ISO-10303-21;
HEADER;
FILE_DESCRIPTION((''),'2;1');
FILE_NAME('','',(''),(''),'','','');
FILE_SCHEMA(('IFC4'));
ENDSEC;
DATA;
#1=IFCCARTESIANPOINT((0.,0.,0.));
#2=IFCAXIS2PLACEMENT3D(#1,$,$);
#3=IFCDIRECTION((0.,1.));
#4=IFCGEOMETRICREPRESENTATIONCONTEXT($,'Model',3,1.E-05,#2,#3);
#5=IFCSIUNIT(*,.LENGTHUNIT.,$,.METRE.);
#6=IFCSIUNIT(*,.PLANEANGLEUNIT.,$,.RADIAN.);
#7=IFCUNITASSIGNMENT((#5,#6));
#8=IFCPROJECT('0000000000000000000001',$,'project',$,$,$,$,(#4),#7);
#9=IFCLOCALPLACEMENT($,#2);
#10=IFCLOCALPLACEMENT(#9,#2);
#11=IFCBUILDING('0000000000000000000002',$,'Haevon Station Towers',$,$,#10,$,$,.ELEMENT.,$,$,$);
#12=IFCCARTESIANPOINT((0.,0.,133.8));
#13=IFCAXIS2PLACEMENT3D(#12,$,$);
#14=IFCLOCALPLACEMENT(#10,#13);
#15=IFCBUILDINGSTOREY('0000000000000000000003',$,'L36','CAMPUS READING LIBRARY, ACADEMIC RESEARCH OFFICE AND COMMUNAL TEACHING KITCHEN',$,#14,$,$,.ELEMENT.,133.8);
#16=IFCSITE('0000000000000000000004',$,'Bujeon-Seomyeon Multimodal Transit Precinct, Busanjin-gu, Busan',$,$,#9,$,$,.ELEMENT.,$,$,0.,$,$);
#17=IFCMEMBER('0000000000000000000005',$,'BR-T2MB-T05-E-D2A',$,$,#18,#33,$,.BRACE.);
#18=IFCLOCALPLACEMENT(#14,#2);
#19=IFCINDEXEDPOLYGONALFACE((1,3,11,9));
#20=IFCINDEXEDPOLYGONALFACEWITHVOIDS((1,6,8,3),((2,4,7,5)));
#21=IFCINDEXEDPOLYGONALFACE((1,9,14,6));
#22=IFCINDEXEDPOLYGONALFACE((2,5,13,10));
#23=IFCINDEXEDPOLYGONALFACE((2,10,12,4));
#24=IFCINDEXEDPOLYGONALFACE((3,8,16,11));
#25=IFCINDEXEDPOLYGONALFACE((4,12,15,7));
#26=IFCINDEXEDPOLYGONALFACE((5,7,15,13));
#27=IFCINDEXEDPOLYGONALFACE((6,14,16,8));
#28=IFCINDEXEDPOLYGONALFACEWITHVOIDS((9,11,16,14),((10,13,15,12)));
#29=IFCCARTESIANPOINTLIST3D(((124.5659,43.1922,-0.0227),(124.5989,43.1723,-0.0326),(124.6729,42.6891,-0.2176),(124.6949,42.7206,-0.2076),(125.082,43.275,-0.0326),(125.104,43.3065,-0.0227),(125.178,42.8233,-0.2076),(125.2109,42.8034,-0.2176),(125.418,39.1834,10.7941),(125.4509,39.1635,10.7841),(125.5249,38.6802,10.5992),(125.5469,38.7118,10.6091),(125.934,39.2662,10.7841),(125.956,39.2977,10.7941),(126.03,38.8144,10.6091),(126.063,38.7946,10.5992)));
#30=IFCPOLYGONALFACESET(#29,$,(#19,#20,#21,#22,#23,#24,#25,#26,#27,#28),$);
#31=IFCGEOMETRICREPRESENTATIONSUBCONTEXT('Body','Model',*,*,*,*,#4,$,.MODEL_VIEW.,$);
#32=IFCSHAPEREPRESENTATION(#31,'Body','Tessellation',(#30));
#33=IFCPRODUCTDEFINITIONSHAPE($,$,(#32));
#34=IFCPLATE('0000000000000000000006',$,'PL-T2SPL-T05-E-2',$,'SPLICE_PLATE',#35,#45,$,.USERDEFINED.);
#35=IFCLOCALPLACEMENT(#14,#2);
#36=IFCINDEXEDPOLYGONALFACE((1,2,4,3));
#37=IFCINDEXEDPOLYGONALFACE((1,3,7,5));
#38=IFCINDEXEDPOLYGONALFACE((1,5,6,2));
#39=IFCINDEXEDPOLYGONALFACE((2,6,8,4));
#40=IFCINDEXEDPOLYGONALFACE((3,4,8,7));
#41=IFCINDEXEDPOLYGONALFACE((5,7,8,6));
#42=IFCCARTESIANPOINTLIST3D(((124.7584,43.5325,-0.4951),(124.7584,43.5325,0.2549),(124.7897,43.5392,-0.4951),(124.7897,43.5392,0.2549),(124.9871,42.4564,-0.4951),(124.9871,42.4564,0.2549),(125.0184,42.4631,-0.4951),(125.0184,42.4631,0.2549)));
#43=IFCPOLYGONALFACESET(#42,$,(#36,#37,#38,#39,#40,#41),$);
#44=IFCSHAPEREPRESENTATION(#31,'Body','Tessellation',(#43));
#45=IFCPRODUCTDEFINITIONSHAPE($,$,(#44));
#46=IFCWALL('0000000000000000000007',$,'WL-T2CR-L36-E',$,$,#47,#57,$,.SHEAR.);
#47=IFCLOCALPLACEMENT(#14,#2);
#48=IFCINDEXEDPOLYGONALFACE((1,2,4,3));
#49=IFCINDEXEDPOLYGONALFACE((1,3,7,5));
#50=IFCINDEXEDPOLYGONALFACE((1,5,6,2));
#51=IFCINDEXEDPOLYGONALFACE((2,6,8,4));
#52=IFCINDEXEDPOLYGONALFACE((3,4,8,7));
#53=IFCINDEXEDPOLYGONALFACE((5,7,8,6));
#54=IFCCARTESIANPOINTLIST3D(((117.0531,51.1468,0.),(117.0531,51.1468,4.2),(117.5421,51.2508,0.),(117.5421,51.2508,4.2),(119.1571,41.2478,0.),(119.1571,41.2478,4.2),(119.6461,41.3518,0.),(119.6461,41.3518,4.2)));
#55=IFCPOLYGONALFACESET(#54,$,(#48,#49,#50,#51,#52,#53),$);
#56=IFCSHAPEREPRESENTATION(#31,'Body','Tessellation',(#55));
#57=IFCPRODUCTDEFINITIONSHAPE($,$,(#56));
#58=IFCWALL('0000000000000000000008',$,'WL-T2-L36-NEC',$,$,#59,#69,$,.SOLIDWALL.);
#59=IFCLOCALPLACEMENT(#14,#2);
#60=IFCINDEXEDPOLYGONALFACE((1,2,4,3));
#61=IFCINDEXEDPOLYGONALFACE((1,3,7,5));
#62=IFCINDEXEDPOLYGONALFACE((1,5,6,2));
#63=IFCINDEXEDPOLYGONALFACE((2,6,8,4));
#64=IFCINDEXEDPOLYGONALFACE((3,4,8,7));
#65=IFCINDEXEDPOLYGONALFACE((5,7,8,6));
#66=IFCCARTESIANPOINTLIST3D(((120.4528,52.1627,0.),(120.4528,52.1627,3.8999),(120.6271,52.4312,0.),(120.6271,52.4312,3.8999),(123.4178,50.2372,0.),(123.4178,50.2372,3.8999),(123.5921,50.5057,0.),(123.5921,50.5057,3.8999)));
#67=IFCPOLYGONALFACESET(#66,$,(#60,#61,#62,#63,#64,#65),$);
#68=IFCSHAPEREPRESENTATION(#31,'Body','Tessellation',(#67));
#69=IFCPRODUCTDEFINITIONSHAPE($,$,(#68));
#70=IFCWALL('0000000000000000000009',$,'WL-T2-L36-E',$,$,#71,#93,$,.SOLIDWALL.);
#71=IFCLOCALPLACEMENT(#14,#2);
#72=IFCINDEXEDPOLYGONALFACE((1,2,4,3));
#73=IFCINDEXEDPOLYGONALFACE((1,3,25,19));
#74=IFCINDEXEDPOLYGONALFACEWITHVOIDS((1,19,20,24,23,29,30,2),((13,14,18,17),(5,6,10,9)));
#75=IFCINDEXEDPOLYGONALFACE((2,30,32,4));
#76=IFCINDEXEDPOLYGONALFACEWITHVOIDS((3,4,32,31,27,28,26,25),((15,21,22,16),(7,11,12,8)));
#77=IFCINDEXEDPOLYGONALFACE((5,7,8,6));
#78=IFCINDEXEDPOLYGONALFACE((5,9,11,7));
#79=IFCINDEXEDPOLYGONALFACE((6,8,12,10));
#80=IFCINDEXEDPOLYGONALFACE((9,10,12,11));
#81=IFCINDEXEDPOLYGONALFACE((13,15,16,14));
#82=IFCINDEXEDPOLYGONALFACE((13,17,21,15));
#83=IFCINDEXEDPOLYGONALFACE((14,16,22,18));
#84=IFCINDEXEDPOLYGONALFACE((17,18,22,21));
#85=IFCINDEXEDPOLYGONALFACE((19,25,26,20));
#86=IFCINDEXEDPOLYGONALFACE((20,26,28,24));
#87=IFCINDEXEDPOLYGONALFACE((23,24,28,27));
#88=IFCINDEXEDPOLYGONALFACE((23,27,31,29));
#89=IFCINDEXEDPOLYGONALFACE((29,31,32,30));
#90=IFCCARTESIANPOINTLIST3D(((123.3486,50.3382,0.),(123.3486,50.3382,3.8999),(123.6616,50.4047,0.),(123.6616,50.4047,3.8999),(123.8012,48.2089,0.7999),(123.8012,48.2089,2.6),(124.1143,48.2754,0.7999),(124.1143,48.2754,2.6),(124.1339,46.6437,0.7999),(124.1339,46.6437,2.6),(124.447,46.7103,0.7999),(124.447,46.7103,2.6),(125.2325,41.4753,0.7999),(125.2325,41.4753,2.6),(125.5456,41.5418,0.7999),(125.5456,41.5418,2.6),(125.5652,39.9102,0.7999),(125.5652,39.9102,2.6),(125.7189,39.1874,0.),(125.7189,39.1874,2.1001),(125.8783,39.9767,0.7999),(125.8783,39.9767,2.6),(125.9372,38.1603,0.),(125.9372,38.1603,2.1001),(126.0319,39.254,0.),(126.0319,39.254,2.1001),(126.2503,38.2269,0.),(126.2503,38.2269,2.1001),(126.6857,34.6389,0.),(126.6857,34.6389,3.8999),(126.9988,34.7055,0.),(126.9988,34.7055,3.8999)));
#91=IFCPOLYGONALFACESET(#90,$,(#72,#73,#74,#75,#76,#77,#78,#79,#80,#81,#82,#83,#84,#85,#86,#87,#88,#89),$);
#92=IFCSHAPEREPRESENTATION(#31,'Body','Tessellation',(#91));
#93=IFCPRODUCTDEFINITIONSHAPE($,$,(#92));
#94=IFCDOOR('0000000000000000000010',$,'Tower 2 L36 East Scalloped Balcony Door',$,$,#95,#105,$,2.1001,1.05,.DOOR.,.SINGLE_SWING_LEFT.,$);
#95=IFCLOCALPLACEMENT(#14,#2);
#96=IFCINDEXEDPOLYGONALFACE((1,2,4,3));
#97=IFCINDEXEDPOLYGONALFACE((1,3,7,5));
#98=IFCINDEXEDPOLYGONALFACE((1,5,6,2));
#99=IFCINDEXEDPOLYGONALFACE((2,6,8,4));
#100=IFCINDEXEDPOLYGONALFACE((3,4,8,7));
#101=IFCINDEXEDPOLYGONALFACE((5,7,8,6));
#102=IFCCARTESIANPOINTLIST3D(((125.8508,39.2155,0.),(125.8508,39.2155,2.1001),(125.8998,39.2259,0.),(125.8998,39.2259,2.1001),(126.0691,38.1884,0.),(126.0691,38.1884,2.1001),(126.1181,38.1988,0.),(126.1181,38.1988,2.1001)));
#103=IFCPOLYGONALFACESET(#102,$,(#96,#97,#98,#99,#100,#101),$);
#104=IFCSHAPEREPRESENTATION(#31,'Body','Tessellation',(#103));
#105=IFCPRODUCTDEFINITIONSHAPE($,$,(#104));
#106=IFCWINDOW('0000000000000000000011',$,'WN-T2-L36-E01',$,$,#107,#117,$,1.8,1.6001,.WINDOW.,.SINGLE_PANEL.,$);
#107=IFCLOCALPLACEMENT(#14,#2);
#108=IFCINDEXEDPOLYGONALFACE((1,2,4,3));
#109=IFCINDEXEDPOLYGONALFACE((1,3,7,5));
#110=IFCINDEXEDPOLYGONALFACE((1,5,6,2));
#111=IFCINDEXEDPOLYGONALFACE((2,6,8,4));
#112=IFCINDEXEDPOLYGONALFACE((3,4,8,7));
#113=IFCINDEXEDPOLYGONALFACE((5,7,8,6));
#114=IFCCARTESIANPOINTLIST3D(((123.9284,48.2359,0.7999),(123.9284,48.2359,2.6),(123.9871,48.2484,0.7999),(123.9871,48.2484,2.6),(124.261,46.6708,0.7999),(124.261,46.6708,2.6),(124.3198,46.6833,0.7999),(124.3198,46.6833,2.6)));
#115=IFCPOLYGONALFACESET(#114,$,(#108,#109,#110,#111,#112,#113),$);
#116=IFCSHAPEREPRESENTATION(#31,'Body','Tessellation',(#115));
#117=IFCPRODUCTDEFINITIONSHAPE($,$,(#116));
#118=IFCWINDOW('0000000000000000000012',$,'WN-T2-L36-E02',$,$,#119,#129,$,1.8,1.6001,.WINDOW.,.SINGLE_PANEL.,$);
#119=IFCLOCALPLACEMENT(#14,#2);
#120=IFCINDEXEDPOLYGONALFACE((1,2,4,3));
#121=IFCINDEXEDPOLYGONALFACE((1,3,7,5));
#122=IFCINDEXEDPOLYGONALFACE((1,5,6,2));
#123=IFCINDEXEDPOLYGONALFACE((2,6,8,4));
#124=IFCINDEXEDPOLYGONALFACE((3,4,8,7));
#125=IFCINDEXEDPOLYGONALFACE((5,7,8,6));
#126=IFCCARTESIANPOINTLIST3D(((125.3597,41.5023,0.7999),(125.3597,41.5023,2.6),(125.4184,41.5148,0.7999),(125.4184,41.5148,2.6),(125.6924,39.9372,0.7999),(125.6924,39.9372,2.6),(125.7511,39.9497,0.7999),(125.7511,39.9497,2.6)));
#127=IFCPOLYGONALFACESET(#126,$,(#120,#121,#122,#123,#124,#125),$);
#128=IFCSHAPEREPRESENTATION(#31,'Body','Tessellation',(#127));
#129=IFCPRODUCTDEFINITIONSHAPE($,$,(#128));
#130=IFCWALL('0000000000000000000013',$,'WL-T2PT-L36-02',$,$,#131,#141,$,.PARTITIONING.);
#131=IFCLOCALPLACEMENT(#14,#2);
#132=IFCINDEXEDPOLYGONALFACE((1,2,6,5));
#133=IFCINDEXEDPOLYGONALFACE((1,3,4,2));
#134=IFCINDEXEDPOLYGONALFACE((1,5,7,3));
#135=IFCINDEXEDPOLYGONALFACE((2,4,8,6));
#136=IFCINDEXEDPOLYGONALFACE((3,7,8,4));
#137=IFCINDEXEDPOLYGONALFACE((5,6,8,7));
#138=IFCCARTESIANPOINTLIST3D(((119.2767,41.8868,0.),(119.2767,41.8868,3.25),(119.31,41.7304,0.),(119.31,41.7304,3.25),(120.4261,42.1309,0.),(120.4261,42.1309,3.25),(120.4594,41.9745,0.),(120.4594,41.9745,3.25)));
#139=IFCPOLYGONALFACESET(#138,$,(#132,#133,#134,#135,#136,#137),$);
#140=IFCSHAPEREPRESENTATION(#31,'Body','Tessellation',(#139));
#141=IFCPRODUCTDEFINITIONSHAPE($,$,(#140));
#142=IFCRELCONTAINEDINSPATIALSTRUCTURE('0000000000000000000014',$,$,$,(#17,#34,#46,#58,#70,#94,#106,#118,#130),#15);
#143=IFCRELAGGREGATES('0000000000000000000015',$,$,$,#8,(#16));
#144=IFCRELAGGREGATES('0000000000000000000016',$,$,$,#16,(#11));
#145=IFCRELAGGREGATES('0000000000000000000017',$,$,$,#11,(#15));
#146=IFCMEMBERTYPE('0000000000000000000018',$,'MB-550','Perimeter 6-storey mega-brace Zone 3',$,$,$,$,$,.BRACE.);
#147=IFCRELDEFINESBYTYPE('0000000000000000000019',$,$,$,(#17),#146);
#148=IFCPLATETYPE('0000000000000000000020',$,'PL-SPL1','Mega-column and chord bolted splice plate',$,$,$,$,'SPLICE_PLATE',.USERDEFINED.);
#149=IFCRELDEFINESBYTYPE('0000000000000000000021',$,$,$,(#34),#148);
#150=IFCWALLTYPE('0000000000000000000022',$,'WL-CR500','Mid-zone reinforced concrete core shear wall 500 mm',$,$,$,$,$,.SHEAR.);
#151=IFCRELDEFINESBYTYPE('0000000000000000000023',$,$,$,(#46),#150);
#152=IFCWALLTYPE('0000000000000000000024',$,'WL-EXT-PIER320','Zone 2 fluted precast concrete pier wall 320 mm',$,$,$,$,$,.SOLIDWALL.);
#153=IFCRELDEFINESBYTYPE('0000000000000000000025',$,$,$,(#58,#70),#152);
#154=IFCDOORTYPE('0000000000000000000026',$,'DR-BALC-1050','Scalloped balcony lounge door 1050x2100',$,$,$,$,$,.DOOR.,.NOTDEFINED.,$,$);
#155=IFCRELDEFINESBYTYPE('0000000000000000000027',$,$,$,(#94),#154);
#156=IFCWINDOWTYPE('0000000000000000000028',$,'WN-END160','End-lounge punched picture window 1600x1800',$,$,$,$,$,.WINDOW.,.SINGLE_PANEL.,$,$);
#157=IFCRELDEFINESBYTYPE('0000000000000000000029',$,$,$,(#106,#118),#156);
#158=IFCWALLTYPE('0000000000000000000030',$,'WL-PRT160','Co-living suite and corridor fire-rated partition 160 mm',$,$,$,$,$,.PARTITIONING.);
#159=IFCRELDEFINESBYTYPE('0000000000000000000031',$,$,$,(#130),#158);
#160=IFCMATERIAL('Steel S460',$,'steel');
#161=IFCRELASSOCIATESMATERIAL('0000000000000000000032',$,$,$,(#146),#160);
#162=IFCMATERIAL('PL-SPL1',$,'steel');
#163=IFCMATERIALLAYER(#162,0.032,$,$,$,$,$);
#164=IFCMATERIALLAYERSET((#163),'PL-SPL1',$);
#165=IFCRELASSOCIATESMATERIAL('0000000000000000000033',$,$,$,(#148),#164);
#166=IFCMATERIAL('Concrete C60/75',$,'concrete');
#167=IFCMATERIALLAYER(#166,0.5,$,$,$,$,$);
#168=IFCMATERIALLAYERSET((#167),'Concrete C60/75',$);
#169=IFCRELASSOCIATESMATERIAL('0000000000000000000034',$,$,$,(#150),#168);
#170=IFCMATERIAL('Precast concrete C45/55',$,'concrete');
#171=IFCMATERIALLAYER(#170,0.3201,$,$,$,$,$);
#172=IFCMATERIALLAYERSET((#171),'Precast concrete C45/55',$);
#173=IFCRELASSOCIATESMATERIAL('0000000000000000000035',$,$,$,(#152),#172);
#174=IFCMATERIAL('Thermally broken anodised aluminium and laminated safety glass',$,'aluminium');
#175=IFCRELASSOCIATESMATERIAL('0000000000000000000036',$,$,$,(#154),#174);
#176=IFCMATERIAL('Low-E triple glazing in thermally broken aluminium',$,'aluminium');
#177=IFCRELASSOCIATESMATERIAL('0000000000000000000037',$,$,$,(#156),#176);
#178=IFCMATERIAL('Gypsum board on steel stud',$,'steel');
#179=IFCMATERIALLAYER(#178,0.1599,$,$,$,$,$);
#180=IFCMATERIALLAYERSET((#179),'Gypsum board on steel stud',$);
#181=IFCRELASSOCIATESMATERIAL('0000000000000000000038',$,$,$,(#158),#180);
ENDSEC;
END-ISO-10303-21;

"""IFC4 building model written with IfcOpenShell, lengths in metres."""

from ifc_helpers import new_model, si_unit, direction, frame, frame_2d, origin, origin_2d, place, context, subcontext, project, spatial, rectangle, hollow_rectangle, extrude, material, layer, layer_set, material_profile, profile_set, type_object, element, fill, save


model = new_model("IFC4")

# Units and contexts
model_context = context("Model", 3, precision=1e-05, world=origin(), true_north=direction((0.0, 1.0)))
body_context = subcontext(model_context, "Body", "Model", "MODEL_VIEW")
ifc_project = project(units=[si_unit("LENGTHUNIT", "METRE"), si_unit("PLANEANGLEUNIT", "RADIAN")], contexts=[model_context])

# Site, building, storey
site_placement = place(None, origin())
site = spatial("IfcSite", under=ifc_project, at=site_placement, Name="Bujeon-Seomyeon Multimodal Transit Precinct, Busanjin-gu, Busan", CompositionType="ELEMENT", RefElevation=0.0)
building_placement = place(site_placement, origin())
building = spatial("IfcBuilding", under=site, at=building_placement, Name="Haevon Station Towers", CompositionType="ELEMENT")
storey_placement = place(building_placement, frame((0.0, 0.0, 133.8)))
storey = spatial("IfcBuildingStorey", under=building, at=storey_placement, Name="L36", Description="CAMPUS READING LIBRARY, ACADEMIC RESEARCH OFFICE AND COMMUNAL TEACHING KITCHEN", CompositionType="ELEMENT", Elevation=133.8)

# Shared definitions
ifc_material_1 = material(Name="Steel S460", Category="steel")

# Member
ifc_material_profile_1 = material_profile(ifc_material_1, hollow_rectangle(XDim=0.55, YDim=0.55, WallThickness=0.0281, at=origin_2d()), Name="RHS-550x550x28")
ifc_profile_set_1 = profile_set([ifc_material_profile_1], Name="Steel S460")
member_type = type_object("IfcMemberType", Name="MB-550", Description="Perimeter 6-storey mega-brace Zone 3", PredefinedType="BRACE", material=ifc_profile_set_1)
member_placement = place(storey_placement, frame((124.8884, 42.9978, -0.1201), z_axis=(0.073662, -0.34657, 0.935127), x_axis=(0.97815, 0.207902, 0.0)))
element("IfcMember", 1, at=member_placement, inside=storey, type_object=member_type, Name="BR-T2MB-T05-E-D2A", PredefinedType="BRACE", context=body_context, shape_type="SweptSolid", body=[
    extrude(hollow_rectangle(XDim=0.55, YDim=0.55, WallThickness=0.0281, at=origin_2d()), origin(), (0.0, 0.0, 1.0), 11.5671),
])

# Plate
ifc_material_2 = material(Name="PL-SPL1", Category="steel")
ifc_layer_1 = layer(ifc_material_2, 0.032)
ifc_layer_set_1 = layer_set([ifc_layer_1], Name="PL-SPL1")
plate_type = type_object("IfcPlateType", Name="PL-SPL1", Description="Mega-column and chord bolted splice plate", ElementType="SPLICE_PLATE", PredefinedType="USERDEFINED", material=ifc_layer_set_1)
plate_placement = place(storey_placement, frame((124.8884, 42.9978, -0.4951), z_axis=(0.0, 0.0, 1.0), x_axis=(-0.207912, 0.978148, 0.0)))
element("IfcPlate", 2, at=plate_placement, inside=storey, type_object=plate_type, Name="PL-T2SPL-T05-E-2", ObjectType="SPLICE_PLATE", PredefinedType="USERDEFINED", context=body_context, shape_type="SweptSolid", body=[
    extrude(rectangle(XDim=1.1001, YDim=0.032, at=origin_2d()), origin(), (0.0, 0.0, 1.0), 0.75),
])

# Walls
ifc_material_3 = material(Name="Concrete C60/75", Category="concrete")
ifc_layer_2 = layer(ifc_material_3, 0.5)
ifc_layer_set_2 = layer_set([ifc_layer_2], Name="Concrete C60/75")
wall_type_1 = type_object("IfcWallType", Name="WL-CR500", Description="Mid-zone reinforced concrete core shear wall 500 mm", PredefinedType="SHEAR", material=ifc_layer_set_2)
wall_1_placement = place(storey_placement, frame((119.4016, 41.2998, 0.0), z_axis=(0.0, 0.0, 1.0), x_axis=(-0.207904, 0.978149, 0.0)))
element("IfcWall", 3, at=wall_1_placement, inside=storey, type_object=wall_type_1, Name="WL-T2CR-L36-E", PredefinedType="SHEAR", context=body_context, shape_type="SweptSolid", body=[
    extrude(rectangle(XDim=10.1201, YDim=0.5, at=frame_2d((5.0601, 0.0))), origin(), (0.0, 0.0, 1.0), 4.2),
])
ifc_material_4 = material(Name="Precast concrete C45/55", Category="concrete")
ifc_layer_3 = layer(ifc_material_4, 0.3201)
ifc_layer_set_3 = layer_set([ifc_layer_3], Name="Precast concrete C45/55")
wall_type_2 = type_object("IfcWallType", Name="WL-EXT-PIER320", Description="Zone 2 fluted precast concrete pier wall 320 mm", PredefinedType="SOLIDWALL", material=ifc_layer_set_3)
wall_2_placement = place(storey_placement, frame((120.54, 52.2969, 0.0), z_axis=(0.0, 0.0, 1.0), x_axis=(0.838672, -0.544636, 0.0)))
element("IfcWall", 4, at=wall_2_placement, inside=storey, type_object=wall_type_2, Name="WL-T2-L36-NEC", PredefinedType="SOLIDWALL", context=body_context, shape_type="SweptSolid", body=[
    extrude(rectangle(XDim=3.5354, YDim=0.3201, at=frame_2d((1.7676, 0.0))), origin(), (0.0, 0.0, 1.0), 3.8999),
])

# Wall, openings, door, windows
wall_3_placement = place(storey_placement, frame((123.5051, 50.3713, 0.0), z_axis=(0.0, 0.0, 1.0), x_axis=(0.207923, -0.978145, 0.0)))
wall_3 = element("IfcWall", 5, at=wall_3_placement, inside=storey, type_object=wall_type_2, Name="WL-T2-L36-E", PredefinedType="SOLIDWALL", context=body_context, shape_type="SweptSolid", body=[
    extrude(rectangle(XDim=16.05, YDim=0.3201, at=frame_2d((8.0249, 0.0))), origin(), (0.0, 0.0, 1.0), 3.8999),
])
opening_1_placement = place(wall_3_placement, frame((11.3999, 0.0, 0.0)))
opening_1 = element("IfcOpeningElement", 6, at=opening_1_placement, cuts=wall_3, PredefinedType="OPENING", context=body_context, shape_type="SweptSolid", body=[
    extrude(rectangle(XDim=1.05, YDim=2.1001, at=frame_2d((0.5249, 1.05))), frame((0.0, 0.1699, 0.0), z_axis=(0.0, -1.0, 0.0), x_axis=(1.0, 0.0, 0.0)), (0.0, 0.0, 1.0), 0.3401),
])
opening_2_placement = place(wall_3_placement, frame((2.1768, 0.0, 0.8)))
opening_2 = element("IfcOpeningElement", 7, at=opening_2_placement, cuts=wall_3, PredefinedType="OPENING", context=body_context, shape_type="SweptSolid", body=[
    extrude(rectangle(XDim=1.6001, YDim=1.8, at=frame_2d((0.8, 0.8999))), frame((0.0, 0.1699, 0.0), z_axis=(0.0, -1.0, 0.0), x_axis=(1.0, 0.0, 0.0)), (0.0, 0.0, 1.0), 0.3401),
])
opening_3_placement = place(wall_3_placement, frame((9.0608, 0.0, 0.8)))
opening_3 = element("IfcOpeningElement", 8, at=opening_3_placement, cuts=wall_3, PredefinedType="OPENING", context=body_context, shape_type="SweptSolid", body=[
    extrude(rectangle(XDim=1.6001, YDim=1.8, at=frame_2d((0.8, 0.8999))), frame((0.0, 0.1699, 0.0), z_axis=(0.0, -1.0, 0.0), x_axis=(1.0, 0.0, 0.0)), (0.0, 0.0, 1.0), 0.3401),
])
ifc_material_5 = material(Name="Thermally broken anodised aluminium and laminated safety glass", Category="aluminium")
door_type = type_object("IfcDoorType", Name="DR-BALC-1050", Description="Scalloped balcony lounge door 1050x2100", OperationType="NOTDEFINED", PredefinedType="DOOR", material=ifc_material_5)
door_placement = place(opening_1_placement, origin())
door = element("IfcDoor", 9, at=door_placement, inside=storey, type_object=door_type, Name="Tower 2 L36 East Scalloped Balcony Door", OperationType="SINGLE_SWING_LEFT", OverallHeight=2.1001, OverallWidth=1.05, PredefinedType="DOOR", context=body_context, shape_type="SweptSolid", body=[
    extrude(rectangle(XDim=1.05, YDim=2.1001, at=frame_2d((0.5249, 1.05))), frame((0.0, 0.0249, 0.0), z_axis=(0.0, -1.0, 0.0), x_axis=(1.0, 0.0, 0.0)), (0.0, 0.0, 1.0), 0.05),
])
fill(opening_1, door)
ifc_material_6 = material(Name="Low-E triple glazing in thermally broken aluminium", Category="aluminium")
window_type = type_object("IfcWindowType", Name="WN-END160", Description="End-lounge punched picture window 1600x1800", PartitioningType="SINGLE_PANEL", PredefinedType="WINDOW", material=ifc_material_6)
window_1_placement = place(opening_2_placement, origin())
window_1 = element("IfcWindow", 10, at=window_1_placement, inside=storey, type_object=window_type, Name="WN-T2-L36-E01", OverallHeight=1.8, OverallWidth=1.6001, PartitioningType="SINGLE_PANEL", PredefinedType="WINDOW", context=body_context, shape_type="SweptSolid", body=[
    extrude(rectangle(XDim=1.6001, YDim=1.8, at=frame_2d((0.8, 0.8999))), frame((0.0, 0.03, 0.0), z_axis=(0.0, -1.0, 0.0), x_axis=(1.0, 0.0, 0.0)), (0.0, 0.0, 1.0), 0.0601),
])
fill(opening_2, window_1)
window_2_placement = place(opening_3_placement, origin())
window_2 = element("IfcWindow", 11, at=window_2_placement, inside=storey, type_object=window_type, Name="WN-T2-L36-E02", OverallHeight=1.8, OverallWidth=1.6001, PartitioningType="SINGLE_PANEL", PredefinedType="WINDOW", context=body_context, shape_type="SweptSolid", body=[
    extrude(rectangle(XDim=1.6001, YDim=1.8, at=frame_2d((0.8, 0.8999))), frame((0.0, 0.03, 0.0), z_axis=(0.0, -1.0, 0.0), x_axis=(1.0, 0.0, 0.0)), (0.0, 0.0, 1.0), 0.0601),
])
fill(opening_3, window_2)

# Wall
ifc_material_7 = material(Name="Gypsum board on steel stud", Category="steel")
ifc_layer_4 = layer(ifc_material_7, 0.1599)
ifc_layer_set_4 = layer_set([ifc_layer_4], Name="Gypsum board on steel stud")
wall_type_3 = type_object("IfcWallType", Name="WL-PRT160", Description="Co-living suite and corridor fire-rated partition 160 mm", PredefinedType="PARTITIONING", material=ifc_layer_set_4)
wall_4_placement = place(storey_placement, frame((119.2935, 41.8086, 0.0), z_axis=(0.0, 0.0, 1.0), x_axis=(0.978178, 0.207769, 0.0)))
element("IfcWall", 12, at=wall_4_placement, inside=storey, type_object=wall_type_3, Name="WL-T2PT-L36-02", PredefinedType="PARTITIONING", context=body_context, shape_type="SweptSolid", body=[
    extrude(rectangle(XDim=1.175, YDim=0.1599, at=frame_2d((0.5874, 0.0))), origin(), (0.0, 0.0, 1.0), 3.25),
])

save(model, "model.ifc")
